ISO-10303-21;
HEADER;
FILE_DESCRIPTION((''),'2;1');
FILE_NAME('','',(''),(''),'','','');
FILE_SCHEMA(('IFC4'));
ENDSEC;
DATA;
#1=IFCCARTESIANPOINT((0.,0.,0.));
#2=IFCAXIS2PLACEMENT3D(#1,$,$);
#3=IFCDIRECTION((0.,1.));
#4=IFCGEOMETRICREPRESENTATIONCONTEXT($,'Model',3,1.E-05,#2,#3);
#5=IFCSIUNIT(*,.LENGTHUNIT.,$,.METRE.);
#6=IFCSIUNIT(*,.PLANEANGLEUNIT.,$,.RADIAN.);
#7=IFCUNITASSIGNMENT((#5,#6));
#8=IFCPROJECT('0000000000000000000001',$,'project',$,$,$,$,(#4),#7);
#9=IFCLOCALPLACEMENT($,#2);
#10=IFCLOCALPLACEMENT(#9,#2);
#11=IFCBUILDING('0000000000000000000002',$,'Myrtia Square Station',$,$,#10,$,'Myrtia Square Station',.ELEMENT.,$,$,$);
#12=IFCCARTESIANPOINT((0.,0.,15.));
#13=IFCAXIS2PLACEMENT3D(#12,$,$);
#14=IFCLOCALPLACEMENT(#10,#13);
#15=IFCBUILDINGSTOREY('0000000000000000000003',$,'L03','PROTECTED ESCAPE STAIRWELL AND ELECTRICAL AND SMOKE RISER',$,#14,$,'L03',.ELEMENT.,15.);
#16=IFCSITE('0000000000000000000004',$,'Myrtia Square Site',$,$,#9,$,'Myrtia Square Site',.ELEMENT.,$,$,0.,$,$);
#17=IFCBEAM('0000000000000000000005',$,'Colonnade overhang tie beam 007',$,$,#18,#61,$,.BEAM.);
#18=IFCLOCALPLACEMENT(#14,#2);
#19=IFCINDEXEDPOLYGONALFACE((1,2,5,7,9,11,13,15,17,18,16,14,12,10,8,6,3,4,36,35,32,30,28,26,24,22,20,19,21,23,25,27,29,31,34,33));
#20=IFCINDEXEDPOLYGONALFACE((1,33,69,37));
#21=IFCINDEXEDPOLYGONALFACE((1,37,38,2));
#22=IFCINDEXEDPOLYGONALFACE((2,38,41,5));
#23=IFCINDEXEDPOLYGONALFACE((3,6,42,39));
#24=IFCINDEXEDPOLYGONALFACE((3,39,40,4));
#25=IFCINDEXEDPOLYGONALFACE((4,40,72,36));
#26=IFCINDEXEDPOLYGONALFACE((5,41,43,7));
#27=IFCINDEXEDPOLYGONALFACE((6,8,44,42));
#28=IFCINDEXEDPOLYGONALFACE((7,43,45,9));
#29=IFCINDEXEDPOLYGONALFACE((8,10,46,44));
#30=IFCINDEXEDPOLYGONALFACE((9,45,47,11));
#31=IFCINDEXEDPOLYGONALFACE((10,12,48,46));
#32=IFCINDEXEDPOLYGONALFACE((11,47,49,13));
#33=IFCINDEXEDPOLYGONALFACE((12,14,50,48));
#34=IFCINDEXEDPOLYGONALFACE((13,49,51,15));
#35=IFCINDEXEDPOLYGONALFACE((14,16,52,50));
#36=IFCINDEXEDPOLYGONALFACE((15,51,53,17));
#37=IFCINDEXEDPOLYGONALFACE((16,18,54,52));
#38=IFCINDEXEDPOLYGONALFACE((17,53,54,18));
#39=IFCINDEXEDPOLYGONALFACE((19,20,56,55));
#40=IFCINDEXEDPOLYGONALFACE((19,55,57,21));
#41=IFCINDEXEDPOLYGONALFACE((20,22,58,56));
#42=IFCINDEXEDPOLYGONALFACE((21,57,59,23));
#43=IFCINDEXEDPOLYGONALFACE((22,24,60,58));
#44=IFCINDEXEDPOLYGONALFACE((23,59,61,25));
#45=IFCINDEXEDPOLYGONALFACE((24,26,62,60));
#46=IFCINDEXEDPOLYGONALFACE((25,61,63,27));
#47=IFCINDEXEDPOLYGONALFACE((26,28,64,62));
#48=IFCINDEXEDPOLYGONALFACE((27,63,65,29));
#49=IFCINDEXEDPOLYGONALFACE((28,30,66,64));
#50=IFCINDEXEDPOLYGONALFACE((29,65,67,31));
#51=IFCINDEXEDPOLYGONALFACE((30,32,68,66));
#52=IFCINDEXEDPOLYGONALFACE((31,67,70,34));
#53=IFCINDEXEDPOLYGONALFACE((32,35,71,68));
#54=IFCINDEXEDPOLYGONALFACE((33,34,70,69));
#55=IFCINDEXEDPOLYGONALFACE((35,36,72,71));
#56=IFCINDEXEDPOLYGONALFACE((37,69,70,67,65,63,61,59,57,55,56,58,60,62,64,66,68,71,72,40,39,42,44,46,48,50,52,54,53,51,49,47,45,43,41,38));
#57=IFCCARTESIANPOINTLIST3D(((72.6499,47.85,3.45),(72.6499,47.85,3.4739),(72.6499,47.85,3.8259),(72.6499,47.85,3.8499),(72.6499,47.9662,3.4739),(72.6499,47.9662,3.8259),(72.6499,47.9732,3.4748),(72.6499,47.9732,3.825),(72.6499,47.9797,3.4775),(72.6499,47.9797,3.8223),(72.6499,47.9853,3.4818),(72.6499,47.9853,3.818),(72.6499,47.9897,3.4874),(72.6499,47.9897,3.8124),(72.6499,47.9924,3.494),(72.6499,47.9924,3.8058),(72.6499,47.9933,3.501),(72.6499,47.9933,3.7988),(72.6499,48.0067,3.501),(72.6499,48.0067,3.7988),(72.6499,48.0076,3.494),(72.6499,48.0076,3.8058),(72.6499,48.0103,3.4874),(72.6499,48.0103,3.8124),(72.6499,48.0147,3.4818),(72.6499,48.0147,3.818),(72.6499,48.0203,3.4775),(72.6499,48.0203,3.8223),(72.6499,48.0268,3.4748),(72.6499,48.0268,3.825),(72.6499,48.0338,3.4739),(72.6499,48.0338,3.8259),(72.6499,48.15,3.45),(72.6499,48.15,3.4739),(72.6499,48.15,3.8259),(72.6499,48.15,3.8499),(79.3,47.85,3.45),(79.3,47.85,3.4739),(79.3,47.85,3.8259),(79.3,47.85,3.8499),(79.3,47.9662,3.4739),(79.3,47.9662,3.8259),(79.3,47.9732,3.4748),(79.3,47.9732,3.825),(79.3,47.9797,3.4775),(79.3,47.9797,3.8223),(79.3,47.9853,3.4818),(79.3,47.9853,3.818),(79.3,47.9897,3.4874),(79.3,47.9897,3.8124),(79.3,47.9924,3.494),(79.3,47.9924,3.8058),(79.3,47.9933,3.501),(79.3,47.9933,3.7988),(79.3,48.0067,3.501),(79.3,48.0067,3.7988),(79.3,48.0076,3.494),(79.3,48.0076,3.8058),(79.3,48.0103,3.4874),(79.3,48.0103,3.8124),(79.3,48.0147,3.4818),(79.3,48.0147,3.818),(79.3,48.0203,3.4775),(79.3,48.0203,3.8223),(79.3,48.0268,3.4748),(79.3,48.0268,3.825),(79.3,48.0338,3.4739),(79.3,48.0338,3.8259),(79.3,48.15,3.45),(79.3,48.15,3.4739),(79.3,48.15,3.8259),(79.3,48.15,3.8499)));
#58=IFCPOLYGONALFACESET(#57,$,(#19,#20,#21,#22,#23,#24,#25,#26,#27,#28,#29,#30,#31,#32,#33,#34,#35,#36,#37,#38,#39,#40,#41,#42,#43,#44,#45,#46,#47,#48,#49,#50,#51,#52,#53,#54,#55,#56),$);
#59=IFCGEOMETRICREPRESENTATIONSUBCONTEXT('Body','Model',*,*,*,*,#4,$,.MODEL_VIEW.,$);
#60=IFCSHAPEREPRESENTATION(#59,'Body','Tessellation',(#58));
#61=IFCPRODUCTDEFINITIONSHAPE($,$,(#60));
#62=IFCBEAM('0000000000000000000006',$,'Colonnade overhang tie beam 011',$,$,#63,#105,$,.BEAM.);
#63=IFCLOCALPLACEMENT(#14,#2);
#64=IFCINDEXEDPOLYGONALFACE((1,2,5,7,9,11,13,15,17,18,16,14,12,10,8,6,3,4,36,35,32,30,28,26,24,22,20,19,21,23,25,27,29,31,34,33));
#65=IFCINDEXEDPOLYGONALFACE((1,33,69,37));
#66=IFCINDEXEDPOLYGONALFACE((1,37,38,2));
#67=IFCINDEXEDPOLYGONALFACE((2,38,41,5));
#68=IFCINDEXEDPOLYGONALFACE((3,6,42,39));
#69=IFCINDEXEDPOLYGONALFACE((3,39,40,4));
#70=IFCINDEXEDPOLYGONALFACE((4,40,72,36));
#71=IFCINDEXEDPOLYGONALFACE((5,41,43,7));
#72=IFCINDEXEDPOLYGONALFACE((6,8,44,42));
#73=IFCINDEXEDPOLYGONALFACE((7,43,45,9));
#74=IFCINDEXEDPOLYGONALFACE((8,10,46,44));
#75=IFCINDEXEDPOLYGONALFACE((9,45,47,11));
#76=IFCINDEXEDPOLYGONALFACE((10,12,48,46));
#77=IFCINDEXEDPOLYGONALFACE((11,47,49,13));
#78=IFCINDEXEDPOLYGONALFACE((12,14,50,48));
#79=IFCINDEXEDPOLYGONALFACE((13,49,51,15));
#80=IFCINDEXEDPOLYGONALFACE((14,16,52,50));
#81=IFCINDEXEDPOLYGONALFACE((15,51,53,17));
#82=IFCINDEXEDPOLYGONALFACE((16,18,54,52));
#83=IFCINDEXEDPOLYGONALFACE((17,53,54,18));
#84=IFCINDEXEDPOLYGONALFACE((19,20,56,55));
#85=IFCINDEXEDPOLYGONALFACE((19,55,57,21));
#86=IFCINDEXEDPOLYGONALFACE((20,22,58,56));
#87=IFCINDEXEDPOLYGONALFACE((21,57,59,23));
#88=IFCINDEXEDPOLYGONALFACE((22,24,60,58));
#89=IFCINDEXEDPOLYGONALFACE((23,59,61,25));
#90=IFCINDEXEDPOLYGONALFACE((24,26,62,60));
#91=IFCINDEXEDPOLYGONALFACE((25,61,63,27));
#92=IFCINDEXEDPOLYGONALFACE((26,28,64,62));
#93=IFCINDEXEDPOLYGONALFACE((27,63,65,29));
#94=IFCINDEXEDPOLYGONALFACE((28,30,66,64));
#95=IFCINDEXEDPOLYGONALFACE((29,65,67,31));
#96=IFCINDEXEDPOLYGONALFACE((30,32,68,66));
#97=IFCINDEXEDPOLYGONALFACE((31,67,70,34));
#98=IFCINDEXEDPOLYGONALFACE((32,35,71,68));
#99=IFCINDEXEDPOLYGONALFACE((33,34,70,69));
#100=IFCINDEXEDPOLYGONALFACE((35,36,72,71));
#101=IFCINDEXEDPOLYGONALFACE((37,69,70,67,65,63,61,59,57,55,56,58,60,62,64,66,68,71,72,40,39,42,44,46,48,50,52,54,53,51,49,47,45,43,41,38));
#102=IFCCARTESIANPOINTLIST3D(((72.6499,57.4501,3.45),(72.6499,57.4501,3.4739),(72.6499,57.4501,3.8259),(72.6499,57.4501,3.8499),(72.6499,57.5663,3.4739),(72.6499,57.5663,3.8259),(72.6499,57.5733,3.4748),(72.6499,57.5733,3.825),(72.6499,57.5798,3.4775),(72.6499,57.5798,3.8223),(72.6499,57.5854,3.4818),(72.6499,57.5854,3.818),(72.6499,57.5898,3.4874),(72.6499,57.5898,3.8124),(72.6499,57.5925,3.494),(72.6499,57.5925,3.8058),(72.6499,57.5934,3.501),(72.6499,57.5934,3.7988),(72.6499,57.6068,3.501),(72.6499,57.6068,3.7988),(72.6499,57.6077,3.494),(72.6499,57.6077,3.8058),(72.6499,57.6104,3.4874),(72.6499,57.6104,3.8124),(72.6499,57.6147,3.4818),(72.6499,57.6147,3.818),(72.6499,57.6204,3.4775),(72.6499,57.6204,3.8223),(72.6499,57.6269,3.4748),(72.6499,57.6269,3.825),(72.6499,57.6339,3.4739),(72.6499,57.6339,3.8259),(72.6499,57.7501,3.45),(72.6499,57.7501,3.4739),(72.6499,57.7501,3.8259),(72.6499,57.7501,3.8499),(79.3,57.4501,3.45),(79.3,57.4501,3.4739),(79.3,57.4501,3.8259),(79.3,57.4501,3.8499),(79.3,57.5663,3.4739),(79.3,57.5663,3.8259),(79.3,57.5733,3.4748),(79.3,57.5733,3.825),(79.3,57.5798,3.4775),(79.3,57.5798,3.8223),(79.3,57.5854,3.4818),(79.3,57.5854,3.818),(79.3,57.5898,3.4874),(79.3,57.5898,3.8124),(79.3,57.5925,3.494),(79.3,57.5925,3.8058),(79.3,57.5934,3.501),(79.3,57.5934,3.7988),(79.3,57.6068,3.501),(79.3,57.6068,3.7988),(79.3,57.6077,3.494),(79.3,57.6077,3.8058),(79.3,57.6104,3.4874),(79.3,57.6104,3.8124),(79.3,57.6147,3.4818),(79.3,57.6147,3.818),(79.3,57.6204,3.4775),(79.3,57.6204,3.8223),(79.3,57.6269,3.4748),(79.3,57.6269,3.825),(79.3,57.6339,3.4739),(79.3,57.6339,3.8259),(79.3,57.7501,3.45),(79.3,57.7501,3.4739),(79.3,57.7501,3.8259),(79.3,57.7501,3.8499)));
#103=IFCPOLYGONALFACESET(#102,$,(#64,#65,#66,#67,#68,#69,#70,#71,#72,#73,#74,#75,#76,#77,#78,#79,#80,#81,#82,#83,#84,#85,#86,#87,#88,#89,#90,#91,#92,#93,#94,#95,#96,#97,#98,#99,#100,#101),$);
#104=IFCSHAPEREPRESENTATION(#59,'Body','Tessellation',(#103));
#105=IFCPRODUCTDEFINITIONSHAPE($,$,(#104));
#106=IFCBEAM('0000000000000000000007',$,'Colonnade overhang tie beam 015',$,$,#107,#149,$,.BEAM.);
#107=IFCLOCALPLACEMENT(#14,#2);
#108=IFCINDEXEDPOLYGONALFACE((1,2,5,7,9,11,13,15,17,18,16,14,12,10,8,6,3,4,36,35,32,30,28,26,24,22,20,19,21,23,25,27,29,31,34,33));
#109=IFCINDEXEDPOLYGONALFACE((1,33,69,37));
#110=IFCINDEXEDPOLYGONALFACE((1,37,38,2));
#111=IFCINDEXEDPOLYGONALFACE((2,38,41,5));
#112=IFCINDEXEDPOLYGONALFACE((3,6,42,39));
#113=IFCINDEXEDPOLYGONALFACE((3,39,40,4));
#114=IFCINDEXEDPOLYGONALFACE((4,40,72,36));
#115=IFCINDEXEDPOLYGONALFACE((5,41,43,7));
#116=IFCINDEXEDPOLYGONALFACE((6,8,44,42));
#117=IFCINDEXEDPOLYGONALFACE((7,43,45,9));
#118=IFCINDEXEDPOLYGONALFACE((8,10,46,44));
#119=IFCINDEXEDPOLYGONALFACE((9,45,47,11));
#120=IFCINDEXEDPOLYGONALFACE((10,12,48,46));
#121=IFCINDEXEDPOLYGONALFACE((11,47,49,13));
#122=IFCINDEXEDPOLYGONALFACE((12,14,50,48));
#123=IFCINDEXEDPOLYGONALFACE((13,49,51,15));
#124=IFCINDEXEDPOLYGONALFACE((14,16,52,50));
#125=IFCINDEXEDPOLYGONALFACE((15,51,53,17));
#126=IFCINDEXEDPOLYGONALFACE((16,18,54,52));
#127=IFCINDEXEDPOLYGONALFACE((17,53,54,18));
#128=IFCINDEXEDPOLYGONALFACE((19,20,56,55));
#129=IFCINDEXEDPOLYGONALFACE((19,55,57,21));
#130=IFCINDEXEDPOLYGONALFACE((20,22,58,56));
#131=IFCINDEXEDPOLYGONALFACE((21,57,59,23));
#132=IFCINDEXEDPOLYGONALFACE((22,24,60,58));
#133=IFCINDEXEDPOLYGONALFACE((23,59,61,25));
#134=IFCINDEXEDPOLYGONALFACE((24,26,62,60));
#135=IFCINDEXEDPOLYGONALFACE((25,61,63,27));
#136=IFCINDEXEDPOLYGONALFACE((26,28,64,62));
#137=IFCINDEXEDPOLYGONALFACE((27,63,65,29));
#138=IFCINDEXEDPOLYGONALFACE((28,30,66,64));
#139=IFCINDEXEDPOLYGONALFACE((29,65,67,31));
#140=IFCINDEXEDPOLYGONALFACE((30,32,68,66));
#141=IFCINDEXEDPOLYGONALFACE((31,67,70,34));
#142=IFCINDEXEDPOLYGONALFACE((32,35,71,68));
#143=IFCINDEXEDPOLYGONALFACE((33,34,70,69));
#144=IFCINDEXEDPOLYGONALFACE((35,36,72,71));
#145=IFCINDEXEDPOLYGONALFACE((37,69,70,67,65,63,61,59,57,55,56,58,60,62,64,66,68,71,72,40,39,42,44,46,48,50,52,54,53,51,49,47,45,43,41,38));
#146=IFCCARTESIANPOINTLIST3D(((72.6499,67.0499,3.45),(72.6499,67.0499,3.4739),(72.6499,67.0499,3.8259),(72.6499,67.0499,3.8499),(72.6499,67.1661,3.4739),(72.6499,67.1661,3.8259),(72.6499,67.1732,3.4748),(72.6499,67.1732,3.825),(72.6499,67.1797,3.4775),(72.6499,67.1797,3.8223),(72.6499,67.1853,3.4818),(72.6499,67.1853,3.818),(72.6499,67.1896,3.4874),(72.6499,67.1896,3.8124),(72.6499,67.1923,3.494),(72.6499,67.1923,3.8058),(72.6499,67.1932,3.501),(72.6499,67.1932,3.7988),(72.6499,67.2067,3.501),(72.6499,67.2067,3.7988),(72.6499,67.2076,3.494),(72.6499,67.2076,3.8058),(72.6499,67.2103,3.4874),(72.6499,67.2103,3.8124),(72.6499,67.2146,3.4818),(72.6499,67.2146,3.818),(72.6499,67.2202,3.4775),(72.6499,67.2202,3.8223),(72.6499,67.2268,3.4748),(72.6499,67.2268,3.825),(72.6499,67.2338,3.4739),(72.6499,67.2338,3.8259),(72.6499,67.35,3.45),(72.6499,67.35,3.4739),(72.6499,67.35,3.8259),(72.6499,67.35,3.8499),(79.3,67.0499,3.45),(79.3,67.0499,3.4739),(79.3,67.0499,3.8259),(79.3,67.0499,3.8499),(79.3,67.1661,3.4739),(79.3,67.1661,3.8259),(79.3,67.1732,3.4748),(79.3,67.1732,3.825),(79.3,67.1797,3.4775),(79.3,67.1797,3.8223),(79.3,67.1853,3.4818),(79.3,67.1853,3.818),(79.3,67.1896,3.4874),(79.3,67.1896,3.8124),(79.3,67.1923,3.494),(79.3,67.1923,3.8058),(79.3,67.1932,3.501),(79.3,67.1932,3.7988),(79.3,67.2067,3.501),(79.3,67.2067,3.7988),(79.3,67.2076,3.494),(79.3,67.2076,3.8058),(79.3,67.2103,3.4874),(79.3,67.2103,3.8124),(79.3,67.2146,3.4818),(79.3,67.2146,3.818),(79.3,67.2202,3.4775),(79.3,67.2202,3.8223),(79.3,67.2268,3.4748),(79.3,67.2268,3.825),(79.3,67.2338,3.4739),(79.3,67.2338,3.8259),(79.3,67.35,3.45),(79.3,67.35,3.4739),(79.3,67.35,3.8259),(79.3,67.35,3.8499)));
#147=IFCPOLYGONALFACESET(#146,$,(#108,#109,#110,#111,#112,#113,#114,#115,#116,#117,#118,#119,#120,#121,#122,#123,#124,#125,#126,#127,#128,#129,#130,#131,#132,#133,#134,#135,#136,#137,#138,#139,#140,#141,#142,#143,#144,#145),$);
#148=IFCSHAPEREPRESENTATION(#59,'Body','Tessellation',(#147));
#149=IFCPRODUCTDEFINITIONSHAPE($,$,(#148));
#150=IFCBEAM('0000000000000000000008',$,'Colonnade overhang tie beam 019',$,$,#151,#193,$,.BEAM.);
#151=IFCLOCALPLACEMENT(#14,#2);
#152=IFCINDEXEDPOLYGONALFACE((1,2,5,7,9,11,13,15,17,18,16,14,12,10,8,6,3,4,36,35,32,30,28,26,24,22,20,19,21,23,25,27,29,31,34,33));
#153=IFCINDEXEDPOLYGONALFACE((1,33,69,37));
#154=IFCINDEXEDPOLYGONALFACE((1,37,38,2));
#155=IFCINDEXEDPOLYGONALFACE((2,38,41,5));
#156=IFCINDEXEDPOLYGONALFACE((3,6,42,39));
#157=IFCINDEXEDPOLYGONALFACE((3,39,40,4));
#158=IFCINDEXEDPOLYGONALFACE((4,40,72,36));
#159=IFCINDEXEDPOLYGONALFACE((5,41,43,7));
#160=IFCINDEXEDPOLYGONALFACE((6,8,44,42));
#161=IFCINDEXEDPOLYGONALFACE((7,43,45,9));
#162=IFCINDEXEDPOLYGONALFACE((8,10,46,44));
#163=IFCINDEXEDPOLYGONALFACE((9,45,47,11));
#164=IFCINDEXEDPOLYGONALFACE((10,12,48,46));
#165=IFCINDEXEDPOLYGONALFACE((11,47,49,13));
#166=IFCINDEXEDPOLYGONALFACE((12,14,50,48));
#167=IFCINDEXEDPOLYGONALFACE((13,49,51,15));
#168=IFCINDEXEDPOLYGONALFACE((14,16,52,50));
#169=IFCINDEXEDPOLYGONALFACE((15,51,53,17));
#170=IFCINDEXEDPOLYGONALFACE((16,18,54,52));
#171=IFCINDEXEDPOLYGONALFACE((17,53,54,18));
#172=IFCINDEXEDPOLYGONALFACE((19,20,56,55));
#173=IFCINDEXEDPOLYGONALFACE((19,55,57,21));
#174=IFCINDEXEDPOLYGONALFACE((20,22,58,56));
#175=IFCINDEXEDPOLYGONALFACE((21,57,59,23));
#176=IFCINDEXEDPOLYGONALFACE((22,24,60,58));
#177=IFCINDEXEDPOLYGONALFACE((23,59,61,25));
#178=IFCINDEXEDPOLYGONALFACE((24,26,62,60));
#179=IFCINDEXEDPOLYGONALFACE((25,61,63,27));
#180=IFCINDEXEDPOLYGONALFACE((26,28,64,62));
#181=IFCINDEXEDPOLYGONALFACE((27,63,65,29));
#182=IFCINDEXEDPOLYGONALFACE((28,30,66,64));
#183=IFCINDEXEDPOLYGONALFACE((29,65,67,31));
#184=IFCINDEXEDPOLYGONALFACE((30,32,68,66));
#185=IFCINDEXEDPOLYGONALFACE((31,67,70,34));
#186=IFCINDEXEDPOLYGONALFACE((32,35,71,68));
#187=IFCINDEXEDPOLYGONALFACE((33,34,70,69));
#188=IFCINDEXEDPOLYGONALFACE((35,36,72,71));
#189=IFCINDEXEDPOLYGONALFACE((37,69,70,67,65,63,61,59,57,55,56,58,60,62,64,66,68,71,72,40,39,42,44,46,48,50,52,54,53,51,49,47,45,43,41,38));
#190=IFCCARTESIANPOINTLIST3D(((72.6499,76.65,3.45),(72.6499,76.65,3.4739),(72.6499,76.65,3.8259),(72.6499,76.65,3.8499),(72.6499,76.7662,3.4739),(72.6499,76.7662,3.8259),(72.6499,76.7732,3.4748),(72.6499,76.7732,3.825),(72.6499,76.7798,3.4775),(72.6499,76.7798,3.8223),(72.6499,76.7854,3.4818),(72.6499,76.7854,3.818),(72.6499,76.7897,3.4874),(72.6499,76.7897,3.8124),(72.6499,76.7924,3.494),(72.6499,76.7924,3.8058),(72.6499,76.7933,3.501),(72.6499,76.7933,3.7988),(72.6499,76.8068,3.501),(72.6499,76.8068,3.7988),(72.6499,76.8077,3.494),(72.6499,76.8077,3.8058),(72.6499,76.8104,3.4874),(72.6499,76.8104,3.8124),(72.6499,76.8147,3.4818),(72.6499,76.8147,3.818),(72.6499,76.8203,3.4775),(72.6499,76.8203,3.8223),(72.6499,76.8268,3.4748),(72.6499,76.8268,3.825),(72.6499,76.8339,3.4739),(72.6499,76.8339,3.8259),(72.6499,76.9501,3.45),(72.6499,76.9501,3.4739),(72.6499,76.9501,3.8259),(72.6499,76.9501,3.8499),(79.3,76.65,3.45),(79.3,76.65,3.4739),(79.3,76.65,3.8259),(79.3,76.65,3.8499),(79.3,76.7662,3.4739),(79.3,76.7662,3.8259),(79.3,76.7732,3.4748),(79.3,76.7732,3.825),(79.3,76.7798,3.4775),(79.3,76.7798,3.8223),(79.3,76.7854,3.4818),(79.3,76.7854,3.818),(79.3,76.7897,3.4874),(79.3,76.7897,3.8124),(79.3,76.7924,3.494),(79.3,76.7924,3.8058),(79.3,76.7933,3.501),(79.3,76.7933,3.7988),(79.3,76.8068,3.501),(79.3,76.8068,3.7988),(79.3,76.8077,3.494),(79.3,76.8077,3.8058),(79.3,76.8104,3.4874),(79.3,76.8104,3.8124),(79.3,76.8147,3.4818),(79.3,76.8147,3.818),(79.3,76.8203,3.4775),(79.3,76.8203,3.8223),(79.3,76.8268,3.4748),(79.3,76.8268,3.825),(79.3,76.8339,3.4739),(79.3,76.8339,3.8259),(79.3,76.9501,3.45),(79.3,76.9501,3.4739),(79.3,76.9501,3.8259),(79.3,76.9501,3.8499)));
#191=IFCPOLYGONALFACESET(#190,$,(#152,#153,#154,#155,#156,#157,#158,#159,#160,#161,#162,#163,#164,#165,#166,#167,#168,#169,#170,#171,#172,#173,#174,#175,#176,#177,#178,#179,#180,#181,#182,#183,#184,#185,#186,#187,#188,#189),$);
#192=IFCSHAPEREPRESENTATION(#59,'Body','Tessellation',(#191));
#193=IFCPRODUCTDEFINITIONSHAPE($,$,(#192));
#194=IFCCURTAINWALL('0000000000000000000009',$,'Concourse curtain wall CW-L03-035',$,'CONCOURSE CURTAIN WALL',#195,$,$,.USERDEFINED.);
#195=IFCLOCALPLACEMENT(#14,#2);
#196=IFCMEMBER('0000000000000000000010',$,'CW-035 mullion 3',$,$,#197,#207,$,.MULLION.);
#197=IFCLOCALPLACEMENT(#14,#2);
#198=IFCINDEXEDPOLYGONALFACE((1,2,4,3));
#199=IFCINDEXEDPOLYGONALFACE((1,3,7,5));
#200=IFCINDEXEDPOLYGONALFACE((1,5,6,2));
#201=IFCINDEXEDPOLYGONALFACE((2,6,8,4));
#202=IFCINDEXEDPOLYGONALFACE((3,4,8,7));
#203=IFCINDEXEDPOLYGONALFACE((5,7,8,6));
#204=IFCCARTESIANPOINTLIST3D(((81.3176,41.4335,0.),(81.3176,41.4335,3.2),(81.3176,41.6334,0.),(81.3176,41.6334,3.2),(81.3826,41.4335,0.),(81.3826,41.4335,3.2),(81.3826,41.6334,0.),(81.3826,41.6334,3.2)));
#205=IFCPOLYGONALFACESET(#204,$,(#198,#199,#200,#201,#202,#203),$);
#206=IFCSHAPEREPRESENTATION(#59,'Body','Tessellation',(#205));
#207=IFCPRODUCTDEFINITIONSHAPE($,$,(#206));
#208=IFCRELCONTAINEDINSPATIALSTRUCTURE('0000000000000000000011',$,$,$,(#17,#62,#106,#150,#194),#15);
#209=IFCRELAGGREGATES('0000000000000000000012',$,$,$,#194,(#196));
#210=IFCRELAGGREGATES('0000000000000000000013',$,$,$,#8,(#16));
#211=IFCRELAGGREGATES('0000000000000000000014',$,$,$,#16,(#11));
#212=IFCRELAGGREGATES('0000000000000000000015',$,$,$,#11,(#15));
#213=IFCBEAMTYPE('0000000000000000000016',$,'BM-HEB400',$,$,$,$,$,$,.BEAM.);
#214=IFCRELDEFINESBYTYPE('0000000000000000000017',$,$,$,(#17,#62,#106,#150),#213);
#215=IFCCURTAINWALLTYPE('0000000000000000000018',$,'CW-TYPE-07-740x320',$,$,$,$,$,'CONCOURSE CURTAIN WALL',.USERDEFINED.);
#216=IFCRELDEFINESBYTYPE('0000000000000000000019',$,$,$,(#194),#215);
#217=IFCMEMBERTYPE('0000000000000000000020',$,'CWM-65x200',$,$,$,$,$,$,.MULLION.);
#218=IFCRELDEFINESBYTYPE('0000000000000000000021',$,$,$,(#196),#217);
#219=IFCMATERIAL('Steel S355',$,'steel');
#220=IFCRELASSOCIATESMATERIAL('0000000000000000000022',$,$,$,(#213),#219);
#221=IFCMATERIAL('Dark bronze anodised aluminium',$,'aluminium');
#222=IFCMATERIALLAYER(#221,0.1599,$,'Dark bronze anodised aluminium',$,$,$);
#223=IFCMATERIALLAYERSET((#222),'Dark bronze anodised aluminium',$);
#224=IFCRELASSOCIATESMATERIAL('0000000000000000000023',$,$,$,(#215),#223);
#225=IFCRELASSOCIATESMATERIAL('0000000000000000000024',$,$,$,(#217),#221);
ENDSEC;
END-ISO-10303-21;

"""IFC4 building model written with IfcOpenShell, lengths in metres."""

from ifc_helpers import new_model, si_unit, direction, frame, origin, origin_2d, place, context, subcontext, project, spatial, rectangle, i_section, extrude, material, layer, layer_set, material_profile, profile_set, type_object, element, aggregate, save


model = new_model("IFC4")

# Units and contexts
model_context = context("Model", 3, precision=1e-05, world=origin(), true_north=direction((0.0, 1.0)))
body_context = subcontext(model_context, "Body", "Model", "MODEL_VIEW")
ifc_project = project(units=[si_unit("LENGTHUNIT", "METRE"), si_unit("PLANEANGLEUNIT", "RADIAN")], contexts=[model_context])

# Site, building, storey
site_placement = place(None, origin())
site = spatial("IfcSite", under=ifc_project, at=site_placement, Name="Myrtia Square Site", LongName="Myrtia Square Site", CompositionType="ELEMENT", RefElevation=0.0)
building_placement = place(site_placement, origin())
building = spatial("IfcBuilding", under=site, at=building_placement, Name="Myrtia Square Station", LongName="Myrtia Square Station", CompositionType="ELEMENT")
storey_placement = place(building_placement, frame((0.0, 0.0, 15.0)))
storey = spatial("IfcBuildingStorey", under=building, at=storey_placement, Name="L03", Description="PROTECTED ESCAPE STAIRWELL AND ELECTRICAL AND SMOKE RISER", LongName="L03", CompositionType="ELEMENT", Elevation=15.0)

# Shared definitions
ifc_material_1 = material(Name="Steel S355", Category="steel")

# Beams
ifc_material_profile_1 = material_profile(ifc_material_1, i_section(OverallWidth=0.3, OverallDepth=0.3999, WebThickness=0.0134, FlangeThickness=0.0239, FilletRadius=0.0271, at=origin_2d()), Name="HEB 400")
ifc_profile_set_1 = profile_set([ifc_material_profile_1], Name="Steel S355")
beam_type = type_object("IfcBeamType", Name="BM-HEB400", PredefinedType="BEAM", material=ifc_profile_set_1)
for number, where, z_axis, x_axis, name in (
    (1, (72.6499, 48.0, 3.6499), (1.0, 0.0, 0.0), (0.0, 1.0, 0.0), "Colonnade overhang tie beam 007"),
    (2, (72.6499, 57.6001, 3.6499), (1.0, 0.0, 0.0), (0.0, 1.0, 0.0), "Colonnade overhang tie beam 011"),
    (3, (72.6499, 67.2, 3.6499), (1.0, 0.0, 0.0), (0.0, 1.0, 0.0), "Colonnade overhang tie beam 015"),
    (4, (72.6499, 76.8, 3.6499), (1.0, 0.0, 0.0), (0.0, 1.0, 0.0), "Colonnade overhang tie beam 019"),
):
    element("IfcBeam", number, at=place(storey_placement, frame(where, z_axis=z_axis, x_axis=x_axis)), inside=storey, type_object=beam_type, Name=name, PredefinedType="BEAM", context=body_context, shape_type="SweptSolid", body=[
        extrude(i_section(OverallWidth=0.3, OverallDepth=0.3999, WebThickness=0.0134, FlangeThickness=0.0239, FilletRadius=0.0271, at=origin_2d()), origin(), (0.0, 0.0, 1.0), 6.6501),
    ])

# Curtain wall, member
ifc_material_2 = material(Name="Dark bronze anodised aluminium", Category="aluminium")
ifc_layer_1 = layer(ifc_material_2, 0.1599, Name="Dark bronze anodised aluminium")
ifc_layer_set_1 = layer_set([ifc_layer_1], Name="Dark bronze anodised aluminium")
curtain_wall_type = type_object("IfcCurtainWallType", Name="CW-TYPE-07-740x320", ElementType="CONCOURSE CURTAIN WALL", PredefinedType="USERDEFINED", material=ifc_layer_set_1)
curtain_wall_1_placement = place(storey_placement, origin())
curtain_wall_1 = element("IfcCurtainWall", 5, at=curtain_wall_1_placement, inside=storey, type_object=curtain_wall_type, Name="Concourse curtain wall CW-L03-035", ObjectType="CONCOURSE CURTAIN WALL", PredefinedType="USERDEFINED")
ifc_material_profile_2 = material_profile(ifc_material_2, rectangle(XDim=0.0649, YDim=0.2, at=origin_2d()), Name="ALU-M 65x200")
ifc_profile_set_2 = profile_set([ifc_material_profile_2], Name="Dark bronze anodised aluminium")
member_type_1 = type_object("IfcMemberType", Name="CWM-65x200", PredefinedType="MULLION", material=ifc_profile_set_2)
member_1_placement = place(storey_placement, frame((81.3501, 41.5334, 0.0), z_axis=(0.0, 0.0, 1.0), x_axis=(-1.0, 0.0, 0.0)))
member_1 = element("IfcMember", 6, at=member_1_placement, type_object=member_type_1, Name="CW-035 mullion 3", PredefinedType="MULLION", context=body_context, shape_type="SweptSolid", body=[
    extrude(rectangle(XDim=0.0649, YDim=0.2, at=origin_2d()), origin(), (0.0, 0.0, 1.0), 3.2),
])

aggregate(curtain_wall_1, [member_1])

save(model, "model.ifc")
